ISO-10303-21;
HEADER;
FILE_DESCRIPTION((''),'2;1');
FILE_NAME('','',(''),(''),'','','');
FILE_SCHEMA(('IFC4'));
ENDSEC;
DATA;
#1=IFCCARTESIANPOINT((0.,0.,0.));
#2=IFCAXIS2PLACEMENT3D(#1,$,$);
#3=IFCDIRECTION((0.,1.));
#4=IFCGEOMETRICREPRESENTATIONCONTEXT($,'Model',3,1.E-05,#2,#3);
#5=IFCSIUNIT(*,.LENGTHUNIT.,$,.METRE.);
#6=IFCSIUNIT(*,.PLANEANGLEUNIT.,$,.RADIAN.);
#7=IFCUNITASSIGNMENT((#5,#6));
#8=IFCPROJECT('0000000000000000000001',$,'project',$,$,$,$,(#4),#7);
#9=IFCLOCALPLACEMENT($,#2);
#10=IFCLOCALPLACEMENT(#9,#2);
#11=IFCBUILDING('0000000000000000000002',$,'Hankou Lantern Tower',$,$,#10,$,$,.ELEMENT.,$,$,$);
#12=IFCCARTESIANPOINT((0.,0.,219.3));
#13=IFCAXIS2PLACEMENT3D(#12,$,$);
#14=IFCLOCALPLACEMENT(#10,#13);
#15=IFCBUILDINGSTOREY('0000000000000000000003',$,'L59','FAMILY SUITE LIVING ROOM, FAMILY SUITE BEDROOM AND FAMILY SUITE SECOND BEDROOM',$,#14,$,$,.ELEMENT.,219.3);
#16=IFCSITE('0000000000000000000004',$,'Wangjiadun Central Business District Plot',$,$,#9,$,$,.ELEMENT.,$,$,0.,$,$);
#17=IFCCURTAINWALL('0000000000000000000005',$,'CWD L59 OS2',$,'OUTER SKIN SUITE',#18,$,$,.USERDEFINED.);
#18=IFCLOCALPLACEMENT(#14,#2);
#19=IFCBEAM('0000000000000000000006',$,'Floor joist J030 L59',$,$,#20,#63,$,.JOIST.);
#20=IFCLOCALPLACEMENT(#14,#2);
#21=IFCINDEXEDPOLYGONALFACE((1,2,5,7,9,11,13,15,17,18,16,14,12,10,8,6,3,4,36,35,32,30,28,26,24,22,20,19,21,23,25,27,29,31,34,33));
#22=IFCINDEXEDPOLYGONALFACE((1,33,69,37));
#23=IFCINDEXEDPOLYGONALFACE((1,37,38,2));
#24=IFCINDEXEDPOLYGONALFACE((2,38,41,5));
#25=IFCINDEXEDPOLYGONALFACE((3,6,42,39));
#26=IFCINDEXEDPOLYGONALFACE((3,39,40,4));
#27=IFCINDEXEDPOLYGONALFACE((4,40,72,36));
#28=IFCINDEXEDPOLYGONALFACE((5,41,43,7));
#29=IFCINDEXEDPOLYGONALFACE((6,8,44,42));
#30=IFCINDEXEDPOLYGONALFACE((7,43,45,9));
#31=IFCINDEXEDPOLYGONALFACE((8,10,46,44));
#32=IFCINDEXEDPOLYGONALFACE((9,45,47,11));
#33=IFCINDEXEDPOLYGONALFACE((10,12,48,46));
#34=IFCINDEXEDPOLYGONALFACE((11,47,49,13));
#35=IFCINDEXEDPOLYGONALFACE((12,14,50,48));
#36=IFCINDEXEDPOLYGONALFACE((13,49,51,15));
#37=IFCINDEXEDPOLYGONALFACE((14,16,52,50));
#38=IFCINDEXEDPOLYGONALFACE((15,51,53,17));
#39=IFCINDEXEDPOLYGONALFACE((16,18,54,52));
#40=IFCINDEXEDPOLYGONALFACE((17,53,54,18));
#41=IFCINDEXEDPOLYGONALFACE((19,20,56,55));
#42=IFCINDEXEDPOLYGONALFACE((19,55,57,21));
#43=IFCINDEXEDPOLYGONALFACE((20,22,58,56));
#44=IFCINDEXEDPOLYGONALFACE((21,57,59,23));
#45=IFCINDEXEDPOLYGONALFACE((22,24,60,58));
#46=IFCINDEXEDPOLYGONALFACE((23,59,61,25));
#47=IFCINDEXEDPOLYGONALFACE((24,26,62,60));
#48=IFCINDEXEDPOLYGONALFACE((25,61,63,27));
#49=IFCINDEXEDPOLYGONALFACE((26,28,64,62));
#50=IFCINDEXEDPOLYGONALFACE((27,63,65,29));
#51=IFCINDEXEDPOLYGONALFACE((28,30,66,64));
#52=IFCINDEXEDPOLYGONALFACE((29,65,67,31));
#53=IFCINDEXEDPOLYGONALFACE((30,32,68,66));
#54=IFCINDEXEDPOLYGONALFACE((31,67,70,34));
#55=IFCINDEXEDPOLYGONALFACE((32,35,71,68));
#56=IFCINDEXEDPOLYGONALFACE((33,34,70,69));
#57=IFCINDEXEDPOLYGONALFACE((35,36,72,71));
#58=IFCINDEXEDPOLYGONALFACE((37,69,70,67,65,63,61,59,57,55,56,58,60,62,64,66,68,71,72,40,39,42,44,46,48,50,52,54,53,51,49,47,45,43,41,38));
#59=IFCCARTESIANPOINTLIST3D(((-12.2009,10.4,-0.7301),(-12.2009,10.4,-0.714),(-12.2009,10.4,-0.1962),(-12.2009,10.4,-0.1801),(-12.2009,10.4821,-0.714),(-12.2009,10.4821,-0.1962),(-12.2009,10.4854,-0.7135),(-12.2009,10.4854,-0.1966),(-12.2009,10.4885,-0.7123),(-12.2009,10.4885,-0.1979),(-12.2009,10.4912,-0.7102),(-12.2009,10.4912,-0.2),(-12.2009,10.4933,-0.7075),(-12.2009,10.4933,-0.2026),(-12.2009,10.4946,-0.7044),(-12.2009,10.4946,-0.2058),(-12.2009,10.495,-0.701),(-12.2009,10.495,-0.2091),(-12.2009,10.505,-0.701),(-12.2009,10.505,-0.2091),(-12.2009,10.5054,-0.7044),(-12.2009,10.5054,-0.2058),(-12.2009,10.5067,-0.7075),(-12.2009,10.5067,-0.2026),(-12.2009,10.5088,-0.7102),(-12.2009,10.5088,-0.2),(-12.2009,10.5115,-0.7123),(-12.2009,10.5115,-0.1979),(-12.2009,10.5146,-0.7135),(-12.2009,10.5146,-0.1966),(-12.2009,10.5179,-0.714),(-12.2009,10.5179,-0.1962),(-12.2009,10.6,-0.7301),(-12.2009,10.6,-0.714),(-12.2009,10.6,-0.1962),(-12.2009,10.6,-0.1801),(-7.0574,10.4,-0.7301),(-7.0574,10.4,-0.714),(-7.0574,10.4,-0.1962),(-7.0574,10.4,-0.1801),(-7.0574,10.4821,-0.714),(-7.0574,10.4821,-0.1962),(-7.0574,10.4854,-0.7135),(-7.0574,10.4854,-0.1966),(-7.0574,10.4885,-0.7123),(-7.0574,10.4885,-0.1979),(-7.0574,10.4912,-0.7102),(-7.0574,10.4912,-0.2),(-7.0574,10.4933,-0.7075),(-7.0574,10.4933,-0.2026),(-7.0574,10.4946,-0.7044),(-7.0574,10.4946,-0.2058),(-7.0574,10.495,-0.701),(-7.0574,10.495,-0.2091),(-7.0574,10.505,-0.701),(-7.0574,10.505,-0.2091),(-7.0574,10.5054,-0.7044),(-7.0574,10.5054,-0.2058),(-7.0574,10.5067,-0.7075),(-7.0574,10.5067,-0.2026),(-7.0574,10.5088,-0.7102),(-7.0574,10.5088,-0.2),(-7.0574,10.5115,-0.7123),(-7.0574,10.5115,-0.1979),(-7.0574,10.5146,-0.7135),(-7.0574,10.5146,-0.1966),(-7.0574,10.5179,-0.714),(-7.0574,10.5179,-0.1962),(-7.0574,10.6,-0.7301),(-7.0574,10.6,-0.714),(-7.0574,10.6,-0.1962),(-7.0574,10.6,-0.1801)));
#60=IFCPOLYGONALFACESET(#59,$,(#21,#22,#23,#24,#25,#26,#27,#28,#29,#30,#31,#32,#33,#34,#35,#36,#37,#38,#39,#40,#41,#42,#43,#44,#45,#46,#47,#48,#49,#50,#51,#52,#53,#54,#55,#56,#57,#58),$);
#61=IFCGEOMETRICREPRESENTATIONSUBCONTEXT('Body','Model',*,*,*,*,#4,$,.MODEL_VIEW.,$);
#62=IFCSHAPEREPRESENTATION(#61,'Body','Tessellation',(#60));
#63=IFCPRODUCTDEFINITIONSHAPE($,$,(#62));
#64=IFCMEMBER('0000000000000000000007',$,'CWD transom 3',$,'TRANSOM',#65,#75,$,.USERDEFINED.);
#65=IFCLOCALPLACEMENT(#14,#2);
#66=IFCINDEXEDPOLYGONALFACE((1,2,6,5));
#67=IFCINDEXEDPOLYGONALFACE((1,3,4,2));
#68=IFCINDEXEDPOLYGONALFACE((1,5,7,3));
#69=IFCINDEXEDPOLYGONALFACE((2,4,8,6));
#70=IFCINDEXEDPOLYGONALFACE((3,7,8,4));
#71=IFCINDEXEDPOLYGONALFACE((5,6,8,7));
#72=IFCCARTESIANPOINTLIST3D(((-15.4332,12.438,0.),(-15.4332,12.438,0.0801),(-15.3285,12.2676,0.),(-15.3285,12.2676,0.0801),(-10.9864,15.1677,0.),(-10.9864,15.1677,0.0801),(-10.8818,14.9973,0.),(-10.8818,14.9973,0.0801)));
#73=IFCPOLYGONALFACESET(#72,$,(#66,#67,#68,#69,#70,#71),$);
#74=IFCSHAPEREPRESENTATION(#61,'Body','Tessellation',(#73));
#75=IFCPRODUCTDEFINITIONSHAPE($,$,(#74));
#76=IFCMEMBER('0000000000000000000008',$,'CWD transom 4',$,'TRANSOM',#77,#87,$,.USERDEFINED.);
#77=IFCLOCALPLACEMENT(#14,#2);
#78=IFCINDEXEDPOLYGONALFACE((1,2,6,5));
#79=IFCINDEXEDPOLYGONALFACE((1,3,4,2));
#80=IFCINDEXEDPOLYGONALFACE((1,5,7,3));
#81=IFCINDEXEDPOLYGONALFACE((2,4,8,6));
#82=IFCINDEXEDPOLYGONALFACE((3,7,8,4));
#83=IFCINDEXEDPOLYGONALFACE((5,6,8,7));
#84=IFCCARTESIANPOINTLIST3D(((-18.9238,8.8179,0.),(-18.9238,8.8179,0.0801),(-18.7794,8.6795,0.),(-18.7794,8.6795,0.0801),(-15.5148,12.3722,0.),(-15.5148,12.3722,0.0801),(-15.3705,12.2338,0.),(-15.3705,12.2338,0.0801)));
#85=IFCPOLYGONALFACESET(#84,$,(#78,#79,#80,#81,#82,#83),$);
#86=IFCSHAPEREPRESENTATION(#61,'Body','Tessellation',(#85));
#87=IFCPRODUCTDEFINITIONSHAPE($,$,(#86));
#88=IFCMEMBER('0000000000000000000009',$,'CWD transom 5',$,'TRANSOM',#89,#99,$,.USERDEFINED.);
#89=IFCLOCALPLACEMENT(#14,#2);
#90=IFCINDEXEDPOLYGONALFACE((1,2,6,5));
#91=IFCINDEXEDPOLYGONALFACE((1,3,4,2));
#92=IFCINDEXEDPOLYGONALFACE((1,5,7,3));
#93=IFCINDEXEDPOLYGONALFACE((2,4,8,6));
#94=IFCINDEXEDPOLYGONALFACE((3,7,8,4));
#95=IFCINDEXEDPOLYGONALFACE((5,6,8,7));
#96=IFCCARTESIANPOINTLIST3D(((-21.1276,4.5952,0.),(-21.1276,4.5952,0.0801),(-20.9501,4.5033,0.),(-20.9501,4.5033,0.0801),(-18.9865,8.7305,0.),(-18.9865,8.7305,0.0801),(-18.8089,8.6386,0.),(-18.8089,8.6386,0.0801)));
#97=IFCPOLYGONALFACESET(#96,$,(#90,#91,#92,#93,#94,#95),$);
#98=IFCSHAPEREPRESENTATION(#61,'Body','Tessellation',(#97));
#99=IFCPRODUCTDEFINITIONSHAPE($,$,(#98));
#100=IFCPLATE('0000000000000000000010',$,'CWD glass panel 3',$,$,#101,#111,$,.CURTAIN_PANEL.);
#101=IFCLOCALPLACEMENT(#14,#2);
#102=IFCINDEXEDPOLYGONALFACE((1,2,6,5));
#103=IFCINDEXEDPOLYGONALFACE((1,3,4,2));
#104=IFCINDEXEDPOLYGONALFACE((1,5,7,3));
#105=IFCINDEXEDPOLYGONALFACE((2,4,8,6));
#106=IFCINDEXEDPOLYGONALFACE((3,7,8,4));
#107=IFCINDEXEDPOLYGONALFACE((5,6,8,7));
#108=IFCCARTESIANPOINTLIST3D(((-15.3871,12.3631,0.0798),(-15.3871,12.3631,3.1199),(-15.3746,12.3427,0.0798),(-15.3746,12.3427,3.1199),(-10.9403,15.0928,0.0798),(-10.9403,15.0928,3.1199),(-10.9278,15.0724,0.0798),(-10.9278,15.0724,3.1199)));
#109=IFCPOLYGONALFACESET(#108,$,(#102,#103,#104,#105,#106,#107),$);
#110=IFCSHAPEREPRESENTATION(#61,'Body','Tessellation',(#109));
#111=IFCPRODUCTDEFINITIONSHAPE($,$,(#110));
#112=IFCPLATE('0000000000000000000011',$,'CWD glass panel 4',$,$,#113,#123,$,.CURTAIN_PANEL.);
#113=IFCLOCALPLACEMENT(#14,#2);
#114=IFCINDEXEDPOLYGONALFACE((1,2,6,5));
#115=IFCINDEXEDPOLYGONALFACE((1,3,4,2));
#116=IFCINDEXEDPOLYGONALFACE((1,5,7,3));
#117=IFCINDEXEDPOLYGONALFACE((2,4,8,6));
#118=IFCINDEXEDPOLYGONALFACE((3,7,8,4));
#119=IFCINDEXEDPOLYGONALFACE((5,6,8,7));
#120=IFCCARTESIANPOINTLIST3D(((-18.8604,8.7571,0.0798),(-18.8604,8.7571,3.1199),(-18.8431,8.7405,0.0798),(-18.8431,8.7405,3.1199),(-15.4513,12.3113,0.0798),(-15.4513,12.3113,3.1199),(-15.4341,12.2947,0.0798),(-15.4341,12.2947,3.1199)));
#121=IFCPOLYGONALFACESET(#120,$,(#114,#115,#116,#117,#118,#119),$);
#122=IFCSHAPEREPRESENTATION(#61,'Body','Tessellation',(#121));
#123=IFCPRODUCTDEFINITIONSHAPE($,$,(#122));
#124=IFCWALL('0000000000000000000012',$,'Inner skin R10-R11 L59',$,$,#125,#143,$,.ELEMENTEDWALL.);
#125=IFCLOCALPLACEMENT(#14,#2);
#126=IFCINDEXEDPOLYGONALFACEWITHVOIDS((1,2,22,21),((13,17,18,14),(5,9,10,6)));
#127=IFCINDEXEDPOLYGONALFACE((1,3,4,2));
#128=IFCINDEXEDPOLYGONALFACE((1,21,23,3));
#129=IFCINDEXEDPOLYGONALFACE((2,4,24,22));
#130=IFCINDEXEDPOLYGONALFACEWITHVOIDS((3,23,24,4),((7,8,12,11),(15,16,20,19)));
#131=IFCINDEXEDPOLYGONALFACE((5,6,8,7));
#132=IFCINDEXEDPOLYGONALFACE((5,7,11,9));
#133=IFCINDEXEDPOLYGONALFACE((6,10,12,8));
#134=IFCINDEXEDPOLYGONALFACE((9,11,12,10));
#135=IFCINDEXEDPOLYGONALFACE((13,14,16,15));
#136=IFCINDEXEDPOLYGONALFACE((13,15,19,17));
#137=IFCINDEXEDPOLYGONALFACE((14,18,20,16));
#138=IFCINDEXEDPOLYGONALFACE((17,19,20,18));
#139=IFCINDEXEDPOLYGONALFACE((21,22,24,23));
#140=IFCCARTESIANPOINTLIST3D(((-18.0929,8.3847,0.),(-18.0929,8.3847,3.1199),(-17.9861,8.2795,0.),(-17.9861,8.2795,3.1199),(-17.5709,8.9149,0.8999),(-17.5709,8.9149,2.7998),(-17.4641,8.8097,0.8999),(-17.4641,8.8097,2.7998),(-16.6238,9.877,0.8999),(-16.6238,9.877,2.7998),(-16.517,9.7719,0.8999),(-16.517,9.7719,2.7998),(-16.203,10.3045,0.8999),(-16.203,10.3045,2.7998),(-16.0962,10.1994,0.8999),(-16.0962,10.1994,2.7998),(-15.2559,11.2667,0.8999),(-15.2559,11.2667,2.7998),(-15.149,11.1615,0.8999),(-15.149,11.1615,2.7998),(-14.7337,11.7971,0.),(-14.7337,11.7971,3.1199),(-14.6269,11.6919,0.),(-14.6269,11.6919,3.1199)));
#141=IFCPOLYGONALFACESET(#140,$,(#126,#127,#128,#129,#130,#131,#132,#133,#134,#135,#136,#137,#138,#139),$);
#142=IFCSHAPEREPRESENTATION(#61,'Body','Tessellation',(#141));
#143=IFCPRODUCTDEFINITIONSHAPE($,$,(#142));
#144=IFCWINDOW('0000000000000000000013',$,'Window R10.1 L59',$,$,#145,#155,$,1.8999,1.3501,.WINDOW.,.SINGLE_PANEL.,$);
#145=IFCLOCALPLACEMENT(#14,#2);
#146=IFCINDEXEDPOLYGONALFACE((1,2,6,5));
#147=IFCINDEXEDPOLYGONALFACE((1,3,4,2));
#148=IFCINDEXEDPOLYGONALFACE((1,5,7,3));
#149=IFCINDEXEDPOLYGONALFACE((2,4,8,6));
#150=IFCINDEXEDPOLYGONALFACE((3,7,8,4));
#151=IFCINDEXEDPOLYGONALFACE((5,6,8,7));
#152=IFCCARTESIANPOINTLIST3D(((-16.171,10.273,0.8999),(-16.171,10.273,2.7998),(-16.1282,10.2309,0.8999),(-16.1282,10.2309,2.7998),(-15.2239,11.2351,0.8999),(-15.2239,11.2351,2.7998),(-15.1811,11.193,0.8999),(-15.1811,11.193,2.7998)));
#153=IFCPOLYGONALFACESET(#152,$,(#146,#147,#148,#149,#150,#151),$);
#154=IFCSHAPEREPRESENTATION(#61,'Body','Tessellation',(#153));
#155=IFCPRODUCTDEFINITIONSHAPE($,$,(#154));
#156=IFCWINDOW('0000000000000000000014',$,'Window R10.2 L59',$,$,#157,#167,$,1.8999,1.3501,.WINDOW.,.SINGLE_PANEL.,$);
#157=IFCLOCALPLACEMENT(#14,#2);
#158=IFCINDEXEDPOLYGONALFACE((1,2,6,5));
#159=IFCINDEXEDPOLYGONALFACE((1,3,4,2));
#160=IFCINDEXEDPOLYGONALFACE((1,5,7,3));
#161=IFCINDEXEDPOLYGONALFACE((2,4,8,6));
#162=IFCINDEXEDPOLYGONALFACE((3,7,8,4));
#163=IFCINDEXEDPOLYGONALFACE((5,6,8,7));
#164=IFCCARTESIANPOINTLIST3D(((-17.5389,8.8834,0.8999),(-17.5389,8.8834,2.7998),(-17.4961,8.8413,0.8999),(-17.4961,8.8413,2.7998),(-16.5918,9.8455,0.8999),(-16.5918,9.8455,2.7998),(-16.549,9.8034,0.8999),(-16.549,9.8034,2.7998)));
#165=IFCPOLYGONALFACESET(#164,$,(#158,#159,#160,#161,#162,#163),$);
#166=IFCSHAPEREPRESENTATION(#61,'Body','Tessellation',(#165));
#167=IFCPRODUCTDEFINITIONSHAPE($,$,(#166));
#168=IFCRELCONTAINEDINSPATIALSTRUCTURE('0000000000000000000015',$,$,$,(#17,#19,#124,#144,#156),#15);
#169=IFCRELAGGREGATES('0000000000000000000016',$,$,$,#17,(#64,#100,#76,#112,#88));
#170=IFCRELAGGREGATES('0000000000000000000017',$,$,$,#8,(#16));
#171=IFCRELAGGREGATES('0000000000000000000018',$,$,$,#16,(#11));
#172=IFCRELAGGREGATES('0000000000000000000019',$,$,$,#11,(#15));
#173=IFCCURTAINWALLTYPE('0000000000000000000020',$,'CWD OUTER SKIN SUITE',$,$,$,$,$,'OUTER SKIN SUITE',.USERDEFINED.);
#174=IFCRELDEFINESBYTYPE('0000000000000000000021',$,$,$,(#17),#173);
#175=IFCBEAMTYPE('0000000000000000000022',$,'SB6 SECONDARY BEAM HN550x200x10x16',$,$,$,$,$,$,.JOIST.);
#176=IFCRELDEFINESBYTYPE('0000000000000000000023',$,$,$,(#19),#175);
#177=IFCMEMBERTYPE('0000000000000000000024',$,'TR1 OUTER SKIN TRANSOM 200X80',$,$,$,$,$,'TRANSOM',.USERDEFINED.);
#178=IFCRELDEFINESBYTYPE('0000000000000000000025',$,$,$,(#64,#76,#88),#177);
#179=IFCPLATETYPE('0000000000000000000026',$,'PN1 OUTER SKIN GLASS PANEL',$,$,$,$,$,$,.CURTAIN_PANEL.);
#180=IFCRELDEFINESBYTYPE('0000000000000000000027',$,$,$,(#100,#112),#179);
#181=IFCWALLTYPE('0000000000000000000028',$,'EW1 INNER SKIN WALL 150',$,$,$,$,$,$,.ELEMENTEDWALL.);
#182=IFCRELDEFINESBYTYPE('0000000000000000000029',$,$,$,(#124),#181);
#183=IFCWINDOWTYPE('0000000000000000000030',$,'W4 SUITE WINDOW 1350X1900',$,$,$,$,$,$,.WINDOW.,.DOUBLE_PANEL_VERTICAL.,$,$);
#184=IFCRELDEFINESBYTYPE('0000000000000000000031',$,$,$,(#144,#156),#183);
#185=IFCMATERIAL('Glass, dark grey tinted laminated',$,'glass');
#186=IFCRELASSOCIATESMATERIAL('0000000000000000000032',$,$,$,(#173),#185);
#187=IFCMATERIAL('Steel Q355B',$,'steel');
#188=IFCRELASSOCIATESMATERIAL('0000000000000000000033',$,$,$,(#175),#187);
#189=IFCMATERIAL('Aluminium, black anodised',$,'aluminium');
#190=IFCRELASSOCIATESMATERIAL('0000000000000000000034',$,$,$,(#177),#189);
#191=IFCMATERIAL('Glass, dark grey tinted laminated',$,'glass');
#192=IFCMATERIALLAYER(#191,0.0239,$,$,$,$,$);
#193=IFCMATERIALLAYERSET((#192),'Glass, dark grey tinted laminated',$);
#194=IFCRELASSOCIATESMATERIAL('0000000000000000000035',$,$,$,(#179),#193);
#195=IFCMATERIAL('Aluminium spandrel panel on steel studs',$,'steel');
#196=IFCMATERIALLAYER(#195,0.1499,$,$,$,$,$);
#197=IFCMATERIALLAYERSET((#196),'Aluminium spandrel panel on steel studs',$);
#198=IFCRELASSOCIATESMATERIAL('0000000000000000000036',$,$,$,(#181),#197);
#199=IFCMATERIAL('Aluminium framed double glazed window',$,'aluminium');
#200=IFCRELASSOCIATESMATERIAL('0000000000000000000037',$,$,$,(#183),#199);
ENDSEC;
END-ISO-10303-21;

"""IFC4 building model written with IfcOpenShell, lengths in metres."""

from ifc_helpers import new_model, si_unit, direction, frame, frame_2d, origin, origin_2d, place, context, subcontext, project, spatial, rectangle, i_section, extrude, material, layer, layer_set, material_profile, profile_set, type_object, element, fill, aggregate, save


model = new_model("IFC4")

# Units and contexts
model_context = context("Model", 3, precision=1e-05, world=origin(), true_north=direction((0.0, 1.0)))
body_context = subcontext(model_context, "Body", "Model", "MODEL_VIEW")
ifc_project = project(units=[si_unit("LENGTHUNIT", "METRE"), si_unit("PLANEANGLEUNIT", "RADIAN")], contexts=[model_context])

# Site, building, storey
site_placement = place(None, origin())
site = spatial("IfcSite", under=ifc_project, at=site_placement, Name="Wangjiadun Central Business District Plot", CompositionType="ELEMENT", RefElevation=0.0)
building_placement = place(site_placement, origin())
building = spatial("IfcBuilding", under=site, at=building_placement, Name="Hankou Lantern Tower", CompositionType="ELEMENT")
storey_placement = place(building_placement, frame((0.0, 0.0, 219.3)))
storey = spatial("IfcBuildingStorey", under=building, at=storey_placement, Name="L59", Description="FAMILY SUITE LIVING ROOM, FAMILY SUITE BEDROOM AND FAMILY SUITE SECOND BEDROOM", CompositionType="ELEMENT", Elevation=219.3)

# Curtain wall
ifc_material_1 = material(Name="Glass, dark grey tinted laminated", Category="glass")
curtain_wall_type = type_object("IfcCurtainWallType", Name="CWD OUTER SKIN SUITE", ElementType="OUTER SKIN SUITE", PredefinedType="USERDEFINED", material=ifc_material_1)
curtain_wall_placement = place(storey_placement, origin())
curtain_wall = element("IfcCurtainWall", 1, at=curtain_wall_placement, inside=storey, type_object=curtain_wall_type, Name="CWD L59 OS2", ObjectType="OUTER SKIN SUITE", PredefinedType="USERDEFINED")

# Beam
ifc_material_2 = material(Name="Steel Q355B", Category="steel")
ifc_material_profile_1 = material_profile(ifc_material_2, i_section(OverallWidth=0.2, OverallDepth=0.55, WebThickness=0.01, FlangeThickness=0.0161, FilletRadius=0.0129, at=origin_2d()), Name="HN550x200x10x16")
ifc_profile_set_1 = profile_set([ifc_material_profile_1], Name="Steel Q355B")
beam_type_1 = type_object("IfcBeamType", Name="SB6 SECONDARY BEAM HN550x200x10x16", PredefinedType="JOIST", material=ifc_profile_set_1)
beam_1_placement = place(storey_placement, frame((-12.2009, 10.5, -0.4551), z_axis=(1.0, 0.0, 0.0), x_axis=(0.0, 1.0, 0.0)))
element("IfcBeam", 2, at=beam_1_placement, inside=storey, type_object=beam_type_1, Name="Floor joist J030 L59", PredefinedType="JOIST", context=body_context, shape_type="SweptSolid", body=[
    extrude(i_section(OverallWidth=0.2, OverallDepth=0.55, WebThickness=0.01, FlangeThickness=0.0161, FilletRadius=0.0129, at=origin_2d()), origin(), (0.0, 0.0, 1.0), 5.1436),
])

# Members
ifc_material_3 = material(Name="Aluminium, black anodised", Category="aluminium")
ifc_material_profile_2 = material_profile(ifc_material_3, rectangle(XDim=0.2, YDim=0.0801, at=origin_2d()), Name="TR1 200X80")
ifc_profile_set_2 = profile_set([ifc_material_profile_2], Name="Aluminium, black anodised")
member_type_1 = type_object("IfcMemberType", Name="TR1 OUTER SKIN TRANSOM 200X80", ElementType="TRANSOM", PredefinedType="USERDEFINED", material=ifc_profile_set_2)
member_1_placement = place(storey_placement, frame((-10.9341, 15.0825, 0.04), z_axis=(-0.852235, -0.52316, 0.0), x_axis=(0.52316, -0.852235, 0.0)))
member_1 = element("IfcMember", 3, at=member_1_placement, type_object=member_type_1, Name="CWD transom 3", ObjectType="TRANSOM", PredefinedType="USERDEFINED", context=body_context, shape_type="SweptSolid", body=[
    extrude(rectangle(XDim=0.2, YDim=0.0801, at=origin_2d()), origin(), (0.0, 0.0, 1.0), 5.2178),
])
member_2_placement = place(storey_placement, frame((-15.4426, 12.303, 0.04), z_axis=(-0.692205, -0.721701, 0.0), x_axis=(0.721701, -0.692205, 0.0)))
member_2 = element("IfcMember", 4, at=member_2_placement, type_object=member_type_1, Name="CWD transom 4", ObjectType="TRANSOM", PredefinedType="USERDEFINED", context=body_context, shape_type="SweptSolid", body=[
    extrude(rectangle(XDim=0.2, YDim=0.0801, at=origin_2d()), origin(), (0.0, 0.0, 1.0), 4.9248),
])
member_3_placement = place(storey_placement, frame((-18.8977, 8.6846, 0.04), z_axis=(-0.459794, -0.888026, 0.0), x_axis=(0.888026, -0.459794, 0.0)))
member_3 = element("IfcMember", 5, at=member_3_placement, type_object=member_type_1, Name="CWD transom 5", ObjectType="TRANSOM", PredefinedType="USERDEFINED", context=body_context, shape_type="SweptSolid", body=[
    extrude(rectangle(XDim=0.2, YDim=0.0801, at=origin_2d()), origin(), (0.0, 0.0, 1.0), 4.6567),
])

# Plates
ifc_material_4 = material(Name="Glass, dark grey tinted laminated", Category="glass")
ifc_layer_1 = layer(ifc_material_4, 0.0239)
ifc_layer_set_1 = layer_set([ifc_layer_1], Name="Glass, dark grey tinted laminated")
plate_type = type_object("IfcPlateType", Name="PN1 OUTER SKIN GLASS PANEL", PredefinedType="CURTAIN_PANEL", material=ifc_layer_set_1)
plate_1_placement = place(storey_placement, frame((-13.1575, 13.7178, 0.0798), z_axis=(0.0, 0.0, 1.0), x_axis=(-0.852237, -0.523156, 0.0)))
plate_1 = element("IfcPlate", 6, at=plate_1_placement, type_object=plate_type, Name="CWD glass panel 3", PredefinedType="CURTAIN_PANEL", context=body_context, shape_type="SweptSolid", body=[
    extrude(rectangle(XDim=5.2178, YDim=0.0239, at=origin_2d()), origin(), (0.0, 0.0, 1.0), 3.04),
])
plate_2_placement = place(storey_placement, frame((-17.1472, 10.5259, 0.0798), z_axis=(0.0, 0.0, 1.0), x_axis=(-0.692216, -0.721691, 0.0)))
plate_2 = element("IfcPlate", 7, at=plate_2_placement, type_object=plate_type, Name="CWD glass panel 4", PredefinedType="CURTAIN_PANEL", context=body_context, shape_type="SweptSolid", body=[
    extrude(rectangle(XDim=4.9248, YDim=0.0239, at=origin_2d()), origin(), (0.0, 0.0, 1.0), 3.04),
])
aggregate(curtain_wall, [member_1, plate_1, member_2, plate_2, member_3])

# Wall, openings, windows
ifc_material_5 = material(Name="Aluminium spandrel panel on steel studs", Category="steel")
ifc_layer_2 = layer(ifc_material_5, 0.1499)
ifc_layer_set_2 = layer_set([ifc_layer_2], Name="Aluminium spandrel panel on steel studs")
wall_type_1 = type_object("IfcWallType", Name="EW1 INNER SKIN WALL 150", PredefinedType="ELEMENTEDWALL", material=ifc_layer_set_2)
wall_1_placement = place(storey_placement, frame((-14.6804, 11.7444, 0.0), z_axis=(0.0, 0.0, 1.0), x_axis=(-0.701527, -0.712643, 0.0)))
wall_1 = element("IfcWall", 8, at=wall_1_placement, inside=storey, type_object=wall_type_1, Name="Inner skin R10-R11 L59", PredefinedType="ELEMENTEDWALL", context=body_context, shape_type="SweptSolid", body=[
    extrude(rectangle(XDim=4.7883, YDim=0.1499, at=frame_2d((2.394, 0.0))), origin(), (0.0, 0.0, 1.0), 3.1199),
])
opening_1_placement = place(wall_1_placement, frame((0.7441, 0.0, 0.8999)))
opening_1 = element("IfcOpeningElement", 9, at=opening_1_placement, cuts=wall_1, PredefinedType="OPENING", context=body_context, shape_type="SweptSolid", body=[
    extrude(rectangle(XDim=1.3501, YDim=1.8999, at=frame_2d((0.675, 0.95))), frame((0.0, 0.085, 0.0), z_axis=(0.0, -1.0, 0.0), x_axis=(1.0, 0.0, 0.0)), (0.0, 0.0, 1.0), 0.1699),
])
opening_2_placement = place(wall_1_placement, frame((2.6941, 0.0, 0.8999)))
opening_2 = element("IfcOpeningElement", 10, at=opening_2_placement, cuts=wall_1, PredefinedType="OPENING", context=body_context, shape_type="SweptSolid", body=[
    extrude(rectangle(XDim=1.3501, YDim=1.8999, at=frame_2d((0.675, 0.95))), frame((0.0, 0.085, 0.0), z_axis=(0.0, -1.0, 0.0), x_axis=(1.0, 0.0, 0.0)), (0.0, 0.0, 1.0), 0.1699),
])
ifc_material_6 = material(Name="Aluminium framed double glazed window", Category="aluminium")
window_type = type_object("IfcWindowType", Name="W4 SUITE WINDOW 1350X1900", PartitioningType="DOUBLE_PANEL_VERTICAL", PredefinedType="WINDOW", material=ifc_material_6)
window_1_placement = place(opening_1_placement, origin())
window_1 = element("IfcWindow", 11, at=window_1_placement, inside=storey, type_object=window_type, Name="Window R10.1 L59", OverallHeight=1.8999, OverallWidth=1.3501, PartitioningType="SINGLE_PANEL", PredefinedType="WINDOW", context=body_context, shape_type="SweptSolid", body=[
    extrude(rectangle(XDim=1.3501, YDim=1.8999, at=frame_2d((0.675, 0.95))), frame((0.0, 0.03, 0.0), z_axis=(0.0, -1.0, 0.0), x_axis=(1.0, 0.0, 0.0)), (0.0, 0.0, 1.0), 0.0601),
])
fill(opening_1, window_1)
window_2_placement = place(opening_2_placement, origin())
window_2 = element("IfcWindow", 12, at=window_2_placement, inside=storey, type_object=window_type, Name="Window R10.2 L59", OverallHeight=1.8999, OverallWidth=1.3501, PartitioningType="SINGLE_PANEL", PredefinedType="WINDOW", context=body_context, shape_type="SweptSolid", body=[
    extrude(rectangle(XDim=1.3501, YDim=1.8999, at=frame_2d((0.675, 0.95))), frame((0.0, 0.03, 0.0), z_axis=(0.0, -1.0, 0.0), x_axis=(1.0, 0.0, 0.0)), (0.0, 0.0, 1.0), 0.0601),
])
fill(opening_2, window_2)

save(model, "model.ifc")
